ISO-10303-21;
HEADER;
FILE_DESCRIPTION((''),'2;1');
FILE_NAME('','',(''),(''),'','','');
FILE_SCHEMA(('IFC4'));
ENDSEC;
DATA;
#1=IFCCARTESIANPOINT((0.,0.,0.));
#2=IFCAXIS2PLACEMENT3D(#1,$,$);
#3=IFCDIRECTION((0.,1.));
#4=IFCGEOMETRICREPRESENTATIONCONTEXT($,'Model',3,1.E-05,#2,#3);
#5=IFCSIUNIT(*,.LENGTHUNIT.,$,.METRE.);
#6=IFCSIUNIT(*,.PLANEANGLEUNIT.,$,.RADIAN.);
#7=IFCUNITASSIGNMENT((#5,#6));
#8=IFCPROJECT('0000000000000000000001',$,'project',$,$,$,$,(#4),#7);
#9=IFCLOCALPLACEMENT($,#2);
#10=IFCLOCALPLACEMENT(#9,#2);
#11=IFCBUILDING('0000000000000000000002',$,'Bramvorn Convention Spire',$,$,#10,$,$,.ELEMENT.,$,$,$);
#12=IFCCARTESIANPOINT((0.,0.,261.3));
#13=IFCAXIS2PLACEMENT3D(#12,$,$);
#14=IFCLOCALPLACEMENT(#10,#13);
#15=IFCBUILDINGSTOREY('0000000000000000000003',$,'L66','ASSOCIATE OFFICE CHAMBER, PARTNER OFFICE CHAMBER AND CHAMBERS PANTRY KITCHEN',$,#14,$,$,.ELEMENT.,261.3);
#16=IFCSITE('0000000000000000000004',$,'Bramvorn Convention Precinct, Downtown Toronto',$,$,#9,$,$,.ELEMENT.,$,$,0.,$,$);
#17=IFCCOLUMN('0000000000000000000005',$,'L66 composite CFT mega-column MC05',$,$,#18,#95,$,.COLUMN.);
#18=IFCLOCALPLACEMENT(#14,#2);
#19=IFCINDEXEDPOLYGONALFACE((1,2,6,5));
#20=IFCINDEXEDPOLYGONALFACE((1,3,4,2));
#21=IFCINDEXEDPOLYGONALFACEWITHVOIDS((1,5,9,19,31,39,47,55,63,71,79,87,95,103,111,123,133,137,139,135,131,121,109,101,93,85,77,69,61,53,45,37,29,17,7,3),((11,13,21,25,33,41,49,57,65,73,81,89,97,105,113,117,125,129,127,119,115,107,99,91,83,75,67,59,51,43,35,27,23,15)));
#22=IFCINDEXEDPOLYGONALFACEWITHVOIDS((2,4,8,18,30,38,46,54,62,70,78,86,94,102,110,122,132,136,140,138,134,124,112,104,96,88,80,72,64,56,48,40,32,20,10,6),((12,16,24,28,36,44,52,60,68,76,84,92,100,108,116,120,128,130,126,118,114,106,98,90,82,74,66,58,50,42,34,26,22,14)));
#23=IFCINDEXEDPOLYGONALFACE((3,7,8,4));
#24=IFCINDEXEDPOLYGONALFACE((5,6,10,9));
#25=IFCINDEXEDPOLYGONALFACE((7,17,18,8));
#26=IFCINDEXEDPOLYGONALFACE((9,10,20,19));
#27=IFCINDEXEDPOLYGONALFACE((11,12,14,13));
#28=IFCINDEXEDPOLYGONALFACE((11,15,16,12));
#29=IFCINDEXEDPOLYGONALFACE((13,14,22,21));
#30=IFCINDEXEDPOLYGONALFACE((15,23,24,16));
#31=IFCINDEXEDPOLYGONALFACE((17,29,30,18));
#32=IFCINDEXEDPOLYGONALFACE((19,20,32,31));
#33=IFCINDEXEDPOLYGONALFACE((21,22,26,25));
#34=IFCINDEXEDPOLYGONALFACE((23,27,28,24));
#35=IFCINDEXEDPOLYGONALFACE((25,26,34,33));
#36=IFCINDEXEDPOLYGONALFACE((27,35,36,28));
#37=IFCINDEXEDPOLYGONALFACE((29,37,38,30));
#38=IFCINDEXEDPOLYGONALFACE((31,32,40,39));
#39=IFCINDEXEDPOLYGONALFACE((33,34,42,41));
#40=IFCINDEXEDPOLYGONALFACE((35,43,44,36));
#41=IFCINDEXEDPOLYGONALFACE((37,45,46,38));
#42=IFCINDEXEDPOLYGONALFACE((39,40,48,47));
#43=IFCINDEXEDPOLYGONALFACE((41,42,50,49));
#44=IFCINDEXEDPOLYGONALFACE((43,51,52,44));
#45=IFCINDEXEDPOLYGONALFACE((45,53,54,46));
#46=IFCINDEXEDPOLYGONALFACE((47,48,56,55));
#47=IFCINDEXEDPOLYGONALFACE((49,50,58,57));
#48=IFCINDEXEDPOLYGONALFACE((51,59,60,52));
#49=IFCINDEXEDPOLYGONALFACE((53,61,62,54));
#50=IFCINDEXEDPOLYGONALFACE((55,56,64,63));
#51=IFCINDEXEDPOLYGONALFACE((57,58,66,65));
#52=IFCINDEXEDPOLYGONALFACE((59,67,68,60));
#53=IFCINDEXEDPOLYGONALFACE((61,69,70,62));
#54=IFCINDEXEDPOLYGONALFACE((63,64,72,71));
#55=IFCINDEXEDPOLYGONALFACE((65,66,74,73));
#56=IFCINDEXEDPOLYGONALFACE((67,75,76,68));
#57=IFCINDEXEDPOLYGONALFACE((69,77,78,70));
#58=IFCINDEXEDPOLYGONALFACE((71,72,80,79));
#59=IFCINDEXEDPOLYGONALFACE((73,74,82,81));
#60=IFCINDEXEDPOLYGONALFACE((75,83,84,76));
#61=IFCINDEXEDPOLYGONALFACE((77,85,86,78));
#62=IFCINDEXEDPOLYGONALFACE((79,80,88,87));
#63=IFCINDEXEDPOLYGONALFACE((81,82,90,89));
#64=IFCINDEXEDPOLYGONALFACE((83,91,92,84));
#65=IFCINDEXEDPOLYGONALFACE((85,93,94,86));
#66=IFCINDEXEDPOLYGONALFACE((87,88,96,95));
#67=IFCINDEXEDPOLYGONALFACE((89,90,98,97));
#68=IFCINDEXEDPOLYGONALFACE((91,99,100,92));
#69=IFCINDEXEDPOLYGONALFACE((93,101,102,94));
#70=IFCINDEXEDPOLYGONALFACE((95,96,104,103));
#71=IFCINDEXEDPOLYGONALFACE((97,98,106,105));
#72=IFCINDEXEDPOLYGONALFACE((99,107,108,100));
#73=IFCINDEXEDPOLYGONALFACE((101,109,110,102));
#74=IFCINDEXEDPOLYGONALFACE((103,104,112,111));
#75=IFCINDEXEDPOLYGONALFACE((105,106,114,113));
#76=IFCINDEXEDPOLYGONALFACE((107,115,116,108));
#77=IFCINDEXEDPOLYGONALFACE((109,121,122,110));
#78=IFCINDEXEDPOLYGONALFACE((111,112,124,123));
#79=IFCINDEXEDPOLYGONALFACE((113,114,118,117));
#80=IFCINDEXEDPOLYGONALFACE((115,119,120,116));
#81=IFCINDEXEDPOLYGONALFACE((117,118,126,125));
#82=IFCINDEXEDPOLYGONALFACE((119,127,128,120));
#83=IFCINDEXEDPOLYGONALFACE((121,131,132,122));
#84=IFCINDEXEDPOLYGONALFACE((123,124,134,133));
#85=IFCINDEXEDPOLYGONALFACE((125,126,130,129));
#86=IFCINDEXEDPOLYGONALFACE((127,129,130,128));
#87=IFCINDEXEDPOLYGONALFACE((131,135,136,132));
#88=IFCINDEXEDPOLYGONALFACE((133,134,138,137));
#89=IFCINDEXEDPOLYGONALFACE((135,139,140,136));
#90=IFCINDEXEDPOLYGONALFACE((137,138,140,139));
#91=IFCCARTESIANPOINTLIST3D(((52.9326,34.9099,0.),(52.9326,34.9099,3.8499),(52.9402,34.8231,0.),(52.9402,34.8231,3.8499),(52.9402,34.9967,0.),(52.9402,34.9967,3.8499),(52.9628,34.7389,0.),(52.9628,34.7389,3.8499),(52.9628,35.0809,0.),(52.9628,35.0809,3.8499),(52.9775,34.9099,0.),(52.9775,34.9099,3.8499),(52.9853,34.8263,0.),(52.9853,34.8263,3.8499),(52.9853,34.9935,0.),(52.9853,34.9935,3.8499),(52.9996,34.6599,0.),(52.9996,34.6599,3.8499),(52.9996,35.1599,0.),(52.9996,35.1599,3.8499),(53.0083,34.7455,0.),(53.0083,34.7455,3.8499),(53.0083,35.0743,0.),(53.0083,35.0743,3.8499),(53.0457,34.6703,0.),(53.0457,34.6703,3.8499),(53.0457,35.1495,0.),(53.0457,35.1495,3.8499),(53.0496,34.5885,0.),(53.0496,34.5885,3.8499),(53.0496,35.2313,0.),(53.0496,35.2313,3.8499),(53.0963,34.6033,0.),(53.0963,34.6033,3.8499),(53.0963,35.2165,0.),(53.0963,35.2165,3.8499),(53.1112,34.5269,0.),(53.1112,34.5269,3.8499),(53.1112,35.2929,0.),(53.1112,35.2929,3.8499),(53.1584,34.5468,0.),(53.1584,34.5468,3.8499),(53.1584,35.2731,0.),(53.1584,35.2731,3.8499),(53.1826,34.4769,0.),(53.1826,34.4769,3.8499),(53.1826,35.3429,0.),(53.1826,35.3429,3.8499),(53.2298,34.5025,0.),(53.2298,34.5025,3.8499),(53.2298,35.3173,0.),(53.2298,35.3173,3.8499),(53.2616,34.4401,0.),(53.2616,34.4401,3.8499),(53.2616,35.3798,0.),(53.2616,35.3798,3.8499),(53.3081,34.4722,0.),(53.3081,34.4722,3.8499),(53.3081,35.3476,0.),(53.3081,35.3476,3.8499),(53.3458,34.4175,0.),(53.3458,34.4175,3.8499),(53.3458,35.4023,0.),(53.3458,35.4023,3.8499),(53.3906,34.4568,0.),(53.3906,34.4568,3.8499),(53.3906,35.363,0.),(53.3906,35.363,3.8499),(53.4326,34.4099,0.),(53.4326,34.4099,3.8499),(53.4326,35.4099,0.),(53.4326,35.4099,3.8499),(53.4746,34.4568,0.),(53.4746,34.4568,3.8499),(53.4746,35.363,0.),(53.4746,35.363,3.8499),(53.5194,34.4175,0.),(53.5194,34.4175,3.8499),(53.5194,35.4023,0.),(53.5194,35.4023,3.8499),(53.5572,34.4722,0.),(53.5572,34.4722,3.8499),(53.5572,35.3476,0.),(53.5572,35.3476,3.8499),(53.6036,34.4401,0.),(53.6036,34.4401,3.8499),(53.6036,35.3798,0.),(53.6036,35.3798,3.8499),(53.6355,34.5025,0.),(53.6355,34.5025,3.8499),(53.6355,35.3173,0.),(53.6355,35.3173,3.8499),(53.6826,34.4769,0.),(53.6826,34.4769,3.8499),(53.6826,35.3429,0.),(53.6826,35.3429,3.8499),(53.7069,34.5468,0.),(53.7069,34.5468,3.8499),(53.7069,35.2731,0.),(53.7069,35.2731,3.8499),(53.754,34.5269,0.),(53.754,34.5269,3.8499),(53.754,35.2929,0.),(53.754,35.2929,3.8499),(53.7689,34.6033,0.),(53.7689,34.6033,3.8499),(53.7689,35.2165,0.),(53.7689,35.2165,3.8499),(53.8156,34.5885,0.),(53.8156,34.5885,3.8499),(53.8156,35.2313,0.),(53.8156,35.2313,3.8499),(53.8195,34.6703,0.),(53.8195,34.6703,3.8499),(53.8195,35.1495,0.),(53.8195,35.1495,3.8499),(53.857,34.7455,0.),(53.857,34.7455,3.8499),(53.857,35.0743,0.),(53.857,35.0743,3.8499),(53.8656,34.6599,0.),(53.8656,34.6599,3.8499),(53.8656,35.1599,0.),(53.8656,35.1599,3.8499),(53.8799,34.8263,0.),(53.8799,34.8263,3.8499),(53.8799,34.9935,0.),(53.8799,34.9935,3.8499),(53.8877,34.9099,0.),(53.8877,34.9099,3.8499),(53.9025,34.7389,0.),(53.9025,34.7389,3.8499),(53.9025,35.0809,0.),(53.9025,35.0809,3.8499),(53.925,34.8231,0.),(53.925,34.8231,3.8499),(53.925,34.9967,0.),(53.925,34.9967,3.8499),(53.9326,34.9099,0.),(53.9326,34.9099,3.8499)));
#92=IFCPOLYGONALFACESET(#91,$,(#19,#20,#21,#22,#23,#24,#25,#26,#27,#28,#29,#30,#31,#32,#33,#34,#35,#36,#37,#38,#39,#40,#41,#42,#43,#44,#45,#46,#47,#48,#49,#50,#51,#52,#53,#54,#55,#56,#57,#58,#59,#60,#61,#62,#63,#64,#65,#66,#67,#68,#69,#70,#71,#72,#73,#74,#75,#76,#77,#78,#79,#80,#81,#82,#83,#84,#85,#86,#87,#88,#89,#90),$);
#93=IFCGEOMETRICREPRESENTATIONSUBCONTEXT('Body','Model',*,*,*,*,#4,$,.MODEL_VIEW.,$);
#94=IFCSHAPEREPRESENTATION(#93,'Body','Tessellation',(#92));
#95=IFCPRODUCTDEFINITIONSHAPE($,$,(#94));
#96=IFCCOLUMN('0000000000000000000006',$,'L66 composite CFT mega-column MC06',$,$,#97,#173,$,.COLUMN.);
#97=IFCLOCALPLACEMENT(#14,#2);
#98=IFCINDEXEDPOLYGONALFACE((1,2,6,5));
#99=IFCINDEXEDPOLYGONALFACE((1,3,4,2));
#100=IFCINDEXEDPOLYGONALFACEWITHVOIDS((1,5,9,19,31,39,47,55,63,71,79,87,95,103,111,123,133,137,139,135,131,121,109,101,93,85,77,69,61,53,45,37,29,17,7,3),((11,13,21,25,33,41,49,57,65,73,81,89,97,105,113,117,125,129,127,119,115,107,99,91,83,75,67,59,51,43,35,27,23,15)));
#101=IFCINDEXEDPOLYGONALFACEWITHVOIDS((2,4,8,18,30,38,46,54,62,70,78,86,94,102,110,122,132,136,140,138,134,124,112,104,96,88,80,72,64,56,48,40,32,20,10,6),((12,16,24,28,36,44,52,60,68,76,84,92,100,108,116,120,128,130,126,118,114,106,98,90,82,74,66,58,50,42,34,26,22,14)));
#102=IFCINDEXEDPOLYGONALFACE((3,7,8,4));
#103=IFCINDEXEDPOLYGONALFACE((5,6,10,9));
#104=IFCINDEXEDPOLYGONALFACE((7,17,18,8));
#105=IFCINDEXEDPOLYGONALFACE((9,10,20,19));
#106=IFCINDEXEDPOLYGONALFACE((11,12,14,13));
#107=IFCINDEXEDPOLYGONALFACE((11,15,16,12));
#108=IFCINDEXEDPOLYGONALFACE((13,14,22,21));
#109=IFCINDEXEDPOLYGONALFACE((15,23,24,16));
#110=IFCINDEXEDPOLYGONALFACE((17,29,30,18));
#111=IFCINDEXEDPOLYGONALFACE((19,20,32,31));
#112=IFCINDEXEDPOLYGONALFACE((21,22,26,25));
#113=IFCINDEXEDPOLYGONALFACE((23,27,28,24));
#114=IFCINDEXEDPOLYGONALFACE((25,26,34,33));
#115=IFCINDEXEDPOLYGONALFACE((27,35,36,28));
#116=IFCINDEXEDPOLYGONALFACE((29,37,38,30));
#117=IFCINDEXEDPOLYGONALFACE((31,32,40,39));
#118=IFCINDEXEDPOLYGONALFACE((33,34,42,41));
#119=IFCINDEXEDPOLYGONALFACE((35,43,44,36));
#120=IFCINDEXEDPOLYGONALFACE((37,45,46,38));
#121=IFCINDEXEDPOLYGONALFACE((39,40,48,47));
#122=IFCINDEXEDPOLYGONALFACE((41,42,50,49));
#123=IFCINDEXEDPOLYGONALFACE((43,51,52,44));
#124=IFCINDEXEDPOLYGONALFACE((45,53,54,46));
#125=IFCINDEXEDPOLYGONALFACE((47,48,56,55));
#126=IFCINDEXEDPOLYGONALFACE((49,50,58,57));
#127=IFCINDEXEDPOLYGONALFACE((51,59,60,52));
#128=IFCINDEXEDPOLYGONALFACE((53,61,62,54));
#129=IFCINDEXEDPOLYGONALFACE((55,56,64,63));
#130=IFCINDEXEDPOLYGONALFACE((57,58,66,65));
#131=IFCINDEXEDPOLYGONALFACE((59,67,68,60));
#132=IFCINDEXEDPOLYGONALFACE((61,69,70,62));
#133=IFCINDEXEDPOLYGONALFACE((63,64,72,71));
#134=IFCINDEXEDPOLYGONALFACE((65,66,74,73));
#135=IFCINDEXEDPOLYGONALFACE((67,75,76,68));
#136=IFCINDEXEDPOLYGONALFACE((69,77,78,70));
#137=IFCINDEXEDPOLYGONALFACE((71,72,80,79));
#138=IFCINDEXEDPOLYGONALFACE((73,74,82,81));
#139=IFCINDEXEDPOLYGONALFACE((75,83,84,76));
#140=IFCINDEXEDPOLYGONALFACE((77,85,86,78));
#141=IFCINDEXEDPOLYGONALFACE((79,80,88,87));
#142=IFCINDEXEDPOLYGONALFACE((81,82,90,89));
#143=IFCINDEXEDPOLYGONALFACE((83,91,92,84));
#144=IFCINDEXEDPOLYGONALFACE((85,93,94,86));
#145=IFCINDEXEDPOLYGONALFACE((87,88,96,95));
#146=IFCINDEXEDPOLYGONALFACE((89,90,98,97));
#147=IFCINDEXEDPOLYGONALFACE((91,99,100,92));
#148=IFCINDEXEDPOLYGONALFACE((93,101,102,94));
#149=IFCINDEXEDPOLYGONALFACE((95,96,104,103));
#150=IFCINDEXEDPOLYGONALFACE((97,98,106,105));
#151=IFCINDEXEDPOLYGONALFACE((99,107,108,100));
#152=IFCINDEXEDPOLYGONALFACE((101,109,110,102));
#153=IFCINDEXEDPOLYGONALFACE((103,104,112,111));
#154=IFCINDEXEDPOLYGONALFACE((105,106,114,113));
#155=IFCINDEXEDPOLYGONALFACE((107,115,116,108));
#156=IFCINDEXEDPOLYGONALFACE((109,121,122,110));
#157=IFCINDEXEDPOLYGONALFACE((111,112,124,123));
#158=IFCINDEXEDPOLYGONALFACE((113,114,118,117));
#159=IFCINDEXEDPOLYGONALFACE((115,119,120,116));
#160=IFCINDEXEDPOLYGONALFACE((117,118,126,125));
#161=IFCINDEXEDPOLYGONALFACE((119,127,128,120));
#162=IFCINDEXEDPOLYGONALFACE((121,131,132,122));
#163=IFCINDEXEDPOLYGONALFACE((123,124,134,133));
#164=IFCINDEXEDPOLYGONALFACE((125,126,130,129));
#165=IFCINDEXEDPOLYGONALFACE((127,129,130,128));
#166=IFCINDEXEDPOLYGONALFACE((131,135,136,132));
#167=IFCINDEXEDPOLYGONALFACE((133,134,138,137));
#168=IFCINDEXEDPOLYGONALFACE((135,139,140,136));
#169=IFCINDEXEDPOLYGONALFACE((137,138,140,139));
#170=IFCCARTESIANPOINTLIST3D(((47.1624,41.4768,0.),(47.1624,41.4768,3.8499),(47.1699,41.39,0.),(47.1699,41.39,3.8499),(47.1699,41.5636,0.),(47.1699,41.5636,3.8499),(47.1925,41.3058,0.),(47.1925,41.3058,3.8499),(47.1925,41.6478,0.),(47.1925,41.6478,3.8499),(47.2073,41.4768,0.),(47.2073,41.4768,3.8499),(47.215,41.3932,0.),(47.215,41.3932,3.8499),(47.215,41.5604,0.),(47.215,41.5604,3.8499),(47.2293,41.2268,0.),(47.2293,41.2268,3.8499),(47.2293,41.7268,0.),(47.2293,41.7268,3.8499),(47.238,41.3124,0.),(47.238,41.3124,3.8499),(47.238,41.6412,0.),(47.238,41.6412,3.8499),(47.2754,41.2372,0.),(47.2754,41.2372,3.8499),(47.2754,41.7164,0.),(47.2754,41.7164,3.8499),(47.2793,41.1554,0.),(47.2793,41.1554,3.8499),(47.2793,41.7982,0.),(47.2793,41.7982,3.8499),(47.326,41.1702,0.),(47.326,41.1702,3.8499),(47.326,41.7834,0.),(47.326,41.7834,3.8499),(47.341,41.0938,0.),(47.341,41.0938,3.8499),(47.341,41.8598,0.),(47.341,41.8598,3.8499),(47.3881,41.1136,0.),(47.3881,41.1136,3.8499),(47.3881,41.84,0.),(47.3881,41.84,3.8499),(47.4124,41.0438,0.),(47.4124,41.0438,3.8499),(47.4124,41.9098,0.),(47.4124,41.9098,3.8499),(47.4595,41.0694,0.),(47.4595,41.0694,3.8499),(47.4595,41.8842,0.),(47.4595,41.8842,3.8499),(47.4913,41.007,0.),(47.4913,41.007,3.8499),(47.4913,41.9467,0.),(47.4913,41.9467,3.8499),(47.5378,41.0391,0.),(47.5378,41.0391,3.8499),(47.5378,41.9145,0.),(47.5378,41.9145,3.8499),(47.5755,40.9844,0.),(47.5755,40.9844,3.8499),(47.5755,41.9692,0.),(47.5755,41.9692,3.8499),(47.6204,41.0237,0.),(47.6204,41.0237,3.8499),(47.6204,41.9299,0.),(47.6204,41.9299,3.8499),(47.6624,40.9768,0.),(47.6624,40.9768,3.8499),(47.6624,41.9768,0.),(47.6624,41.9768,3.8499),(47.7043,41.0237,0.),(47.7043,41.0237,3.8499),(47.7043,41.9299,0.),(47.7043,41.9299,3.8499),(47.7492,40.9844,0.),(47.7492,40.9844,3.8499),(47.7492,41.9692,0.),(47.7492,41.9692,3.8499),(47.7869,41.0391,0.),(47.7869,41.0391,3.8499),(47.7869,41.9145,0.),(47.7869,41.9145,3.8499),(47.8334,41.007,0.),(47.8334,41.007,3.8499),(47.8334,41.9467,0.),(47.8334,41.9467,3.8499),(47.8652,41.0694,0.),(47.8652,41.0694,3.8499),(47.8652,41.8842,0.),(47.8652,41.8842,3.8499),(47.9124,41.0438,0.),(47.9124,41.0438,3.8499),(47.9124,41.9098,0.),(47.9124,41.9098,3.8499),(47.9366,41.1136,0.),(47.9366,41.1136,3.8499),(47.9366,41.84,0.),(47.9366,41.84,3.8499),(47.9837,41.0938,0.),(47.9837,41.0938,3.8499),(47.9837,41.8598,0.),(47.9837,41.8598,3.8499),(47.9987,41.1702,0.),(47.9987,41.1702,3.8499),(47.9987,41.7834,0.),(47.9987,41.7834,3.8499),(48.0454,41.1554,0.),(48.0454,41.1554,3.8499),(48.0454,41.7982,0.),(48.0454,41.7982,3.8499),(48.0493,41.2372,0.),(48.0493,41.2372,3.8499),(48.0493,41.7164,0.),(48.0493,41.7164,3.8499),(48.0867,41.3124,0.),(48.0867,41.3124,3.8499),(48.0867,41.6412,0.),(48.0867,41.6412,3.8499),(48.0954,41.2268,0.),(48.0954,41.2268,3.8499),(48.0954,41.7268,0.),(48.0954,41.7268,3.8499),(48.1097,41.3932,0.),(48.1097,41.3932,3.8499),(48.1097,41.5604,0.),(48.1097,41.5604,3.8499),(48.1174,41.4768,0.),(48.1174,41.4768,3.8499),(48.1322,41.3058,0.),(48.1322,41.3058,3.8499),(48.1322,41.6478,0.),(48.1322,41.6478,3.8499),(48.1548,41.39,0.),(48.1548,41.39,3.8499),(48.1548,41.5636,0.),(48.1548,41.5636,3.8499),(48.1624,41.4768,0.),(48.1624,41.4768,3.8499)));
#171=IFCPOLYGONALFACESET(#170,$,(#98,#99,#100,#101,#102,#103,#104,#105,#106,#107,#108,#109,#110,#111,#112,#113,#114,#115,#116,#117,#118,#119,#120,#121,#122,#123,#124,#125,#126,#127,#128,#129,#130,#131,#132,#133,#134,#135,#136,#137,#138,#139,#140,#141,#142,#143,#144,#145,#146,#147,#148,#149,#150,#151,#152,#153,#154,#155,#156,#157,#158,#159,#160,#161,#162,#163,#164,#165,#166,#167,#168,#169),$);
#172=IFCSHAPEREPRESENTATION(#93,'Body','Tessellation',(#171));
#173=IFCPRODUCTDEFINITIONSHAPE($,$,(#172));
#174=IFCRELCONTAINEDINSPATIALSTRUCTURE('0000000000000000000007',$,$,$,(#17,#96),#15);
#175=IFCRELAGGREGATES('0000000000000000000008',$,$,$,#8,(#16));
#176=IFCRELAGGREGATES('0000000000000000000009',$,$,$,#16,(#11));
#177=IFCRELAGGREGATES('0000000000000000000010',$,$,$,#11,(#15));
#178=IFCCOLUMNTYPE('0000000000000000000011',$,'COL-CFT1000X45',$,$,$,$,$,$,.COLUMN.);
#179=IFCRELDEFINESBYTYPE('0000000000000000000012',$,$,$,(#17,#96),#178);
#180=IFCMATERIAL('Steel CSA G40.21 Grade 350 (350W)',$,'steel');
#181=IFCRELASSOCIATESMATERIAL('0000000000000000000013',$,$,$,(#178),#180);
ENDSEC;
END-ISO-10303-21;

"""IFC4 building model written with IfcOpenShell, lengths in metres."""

from ifc_helpers import new_model, si_unit, direction, frame, origin, origin_2d, place, context, subcontext, project, spatial, hollow_circle, extrude, material, material_profile, profile_set, type_object, element, save


model = new_model("IFC4")

# Units and contexts
model_context = context("Model", 3, precision=1e-05, world=origin(), true_north=direction((0.0, 1.0)))
body_context = subcontext(model_context, "Body", "Model", "MODEL_VIEW")
ifc_project = project(units=[si_unit("LENGTHUNIT", "METRE"), si_unit("PLANEANGLEUNIT", "RADIAN")], contexts=[model_context])

# Site, building, storey
site_placement = place(None, origin())
site = spatial("IfcSite", under=ifc_project, at=site_placement, Name="Bramvorn Convention Precinct, Downtown Toronto", CompositionType="ELEMENT", RefElevation=0.0)
building_placement = place(site_placement, origin())
building = spatial("IfcBuilding", under=site, at=building_placement, Name="Bramvorn Convention Spire", CompositionType="ELEMENT")
storey_placement = place(building_placement, frame((0.0, 0.0, 261.3)))
storey = spatial("IfcBuildingStorey", under=building, at=storey_placement, Name="L66", Description="ASSOCIATE OFFICE CHAMBER, PARTNER OFFICE CHAMBER AND CHAMBERS PANTRY KITCHEN", CompositionType="ELEMENT", Elevation=261.3)

# Columns
ifc_material_1 = material(Name="Steel CSA G40.21 Grade 350 (350W)", Category="steel")
ifc_material_profile_1 = material_profile(ifc_material_1, hollow_circle(Radius=0.5, WallThickness=0.0449, at=origin_2d()))
ifc_profile_set_1 = profile_set([ifc_material_profile_1], Name="Steel CSA G40.21 Grade 350 (350W) - CFT1000X45")
column_type = type_object("IfcColumnType", Name="COL-CFT1000X45", PredefinedType="COLUMN", material=ifc_profile_set_1)
for number, where, z_axis, x_axis, name in (
    (1, (53.4326, 34.9099, 0.0), (0.0, 0.0, 1.0), (1.0, 0.0, 0.0), "L66 composite CFT mega-column MC05"),
    (2, (47.6624, 41.4768, 0.0), (0.0, 0.0, 1.0), (1.0, 0.0, 0.0), "L66 composite CFT mega-column MC06"),
):
    element("IfcColumn", number, at=place(storey_placement, frame(where, z_axis=z_axis, x_axis=x_axis)), inside=storey, type_object=column_type, Name=name, PredefinedType="COLUMN", context=body_context, shape_type="SweptSolid", body=[
        extrude(hollow_circle(Radius=0.5, WallThickness=0.0449, at=origin_2d()), origin(), (0.0, 0.0, 1.0), 3.8499),
    ])

save(model, "model.ifc")
